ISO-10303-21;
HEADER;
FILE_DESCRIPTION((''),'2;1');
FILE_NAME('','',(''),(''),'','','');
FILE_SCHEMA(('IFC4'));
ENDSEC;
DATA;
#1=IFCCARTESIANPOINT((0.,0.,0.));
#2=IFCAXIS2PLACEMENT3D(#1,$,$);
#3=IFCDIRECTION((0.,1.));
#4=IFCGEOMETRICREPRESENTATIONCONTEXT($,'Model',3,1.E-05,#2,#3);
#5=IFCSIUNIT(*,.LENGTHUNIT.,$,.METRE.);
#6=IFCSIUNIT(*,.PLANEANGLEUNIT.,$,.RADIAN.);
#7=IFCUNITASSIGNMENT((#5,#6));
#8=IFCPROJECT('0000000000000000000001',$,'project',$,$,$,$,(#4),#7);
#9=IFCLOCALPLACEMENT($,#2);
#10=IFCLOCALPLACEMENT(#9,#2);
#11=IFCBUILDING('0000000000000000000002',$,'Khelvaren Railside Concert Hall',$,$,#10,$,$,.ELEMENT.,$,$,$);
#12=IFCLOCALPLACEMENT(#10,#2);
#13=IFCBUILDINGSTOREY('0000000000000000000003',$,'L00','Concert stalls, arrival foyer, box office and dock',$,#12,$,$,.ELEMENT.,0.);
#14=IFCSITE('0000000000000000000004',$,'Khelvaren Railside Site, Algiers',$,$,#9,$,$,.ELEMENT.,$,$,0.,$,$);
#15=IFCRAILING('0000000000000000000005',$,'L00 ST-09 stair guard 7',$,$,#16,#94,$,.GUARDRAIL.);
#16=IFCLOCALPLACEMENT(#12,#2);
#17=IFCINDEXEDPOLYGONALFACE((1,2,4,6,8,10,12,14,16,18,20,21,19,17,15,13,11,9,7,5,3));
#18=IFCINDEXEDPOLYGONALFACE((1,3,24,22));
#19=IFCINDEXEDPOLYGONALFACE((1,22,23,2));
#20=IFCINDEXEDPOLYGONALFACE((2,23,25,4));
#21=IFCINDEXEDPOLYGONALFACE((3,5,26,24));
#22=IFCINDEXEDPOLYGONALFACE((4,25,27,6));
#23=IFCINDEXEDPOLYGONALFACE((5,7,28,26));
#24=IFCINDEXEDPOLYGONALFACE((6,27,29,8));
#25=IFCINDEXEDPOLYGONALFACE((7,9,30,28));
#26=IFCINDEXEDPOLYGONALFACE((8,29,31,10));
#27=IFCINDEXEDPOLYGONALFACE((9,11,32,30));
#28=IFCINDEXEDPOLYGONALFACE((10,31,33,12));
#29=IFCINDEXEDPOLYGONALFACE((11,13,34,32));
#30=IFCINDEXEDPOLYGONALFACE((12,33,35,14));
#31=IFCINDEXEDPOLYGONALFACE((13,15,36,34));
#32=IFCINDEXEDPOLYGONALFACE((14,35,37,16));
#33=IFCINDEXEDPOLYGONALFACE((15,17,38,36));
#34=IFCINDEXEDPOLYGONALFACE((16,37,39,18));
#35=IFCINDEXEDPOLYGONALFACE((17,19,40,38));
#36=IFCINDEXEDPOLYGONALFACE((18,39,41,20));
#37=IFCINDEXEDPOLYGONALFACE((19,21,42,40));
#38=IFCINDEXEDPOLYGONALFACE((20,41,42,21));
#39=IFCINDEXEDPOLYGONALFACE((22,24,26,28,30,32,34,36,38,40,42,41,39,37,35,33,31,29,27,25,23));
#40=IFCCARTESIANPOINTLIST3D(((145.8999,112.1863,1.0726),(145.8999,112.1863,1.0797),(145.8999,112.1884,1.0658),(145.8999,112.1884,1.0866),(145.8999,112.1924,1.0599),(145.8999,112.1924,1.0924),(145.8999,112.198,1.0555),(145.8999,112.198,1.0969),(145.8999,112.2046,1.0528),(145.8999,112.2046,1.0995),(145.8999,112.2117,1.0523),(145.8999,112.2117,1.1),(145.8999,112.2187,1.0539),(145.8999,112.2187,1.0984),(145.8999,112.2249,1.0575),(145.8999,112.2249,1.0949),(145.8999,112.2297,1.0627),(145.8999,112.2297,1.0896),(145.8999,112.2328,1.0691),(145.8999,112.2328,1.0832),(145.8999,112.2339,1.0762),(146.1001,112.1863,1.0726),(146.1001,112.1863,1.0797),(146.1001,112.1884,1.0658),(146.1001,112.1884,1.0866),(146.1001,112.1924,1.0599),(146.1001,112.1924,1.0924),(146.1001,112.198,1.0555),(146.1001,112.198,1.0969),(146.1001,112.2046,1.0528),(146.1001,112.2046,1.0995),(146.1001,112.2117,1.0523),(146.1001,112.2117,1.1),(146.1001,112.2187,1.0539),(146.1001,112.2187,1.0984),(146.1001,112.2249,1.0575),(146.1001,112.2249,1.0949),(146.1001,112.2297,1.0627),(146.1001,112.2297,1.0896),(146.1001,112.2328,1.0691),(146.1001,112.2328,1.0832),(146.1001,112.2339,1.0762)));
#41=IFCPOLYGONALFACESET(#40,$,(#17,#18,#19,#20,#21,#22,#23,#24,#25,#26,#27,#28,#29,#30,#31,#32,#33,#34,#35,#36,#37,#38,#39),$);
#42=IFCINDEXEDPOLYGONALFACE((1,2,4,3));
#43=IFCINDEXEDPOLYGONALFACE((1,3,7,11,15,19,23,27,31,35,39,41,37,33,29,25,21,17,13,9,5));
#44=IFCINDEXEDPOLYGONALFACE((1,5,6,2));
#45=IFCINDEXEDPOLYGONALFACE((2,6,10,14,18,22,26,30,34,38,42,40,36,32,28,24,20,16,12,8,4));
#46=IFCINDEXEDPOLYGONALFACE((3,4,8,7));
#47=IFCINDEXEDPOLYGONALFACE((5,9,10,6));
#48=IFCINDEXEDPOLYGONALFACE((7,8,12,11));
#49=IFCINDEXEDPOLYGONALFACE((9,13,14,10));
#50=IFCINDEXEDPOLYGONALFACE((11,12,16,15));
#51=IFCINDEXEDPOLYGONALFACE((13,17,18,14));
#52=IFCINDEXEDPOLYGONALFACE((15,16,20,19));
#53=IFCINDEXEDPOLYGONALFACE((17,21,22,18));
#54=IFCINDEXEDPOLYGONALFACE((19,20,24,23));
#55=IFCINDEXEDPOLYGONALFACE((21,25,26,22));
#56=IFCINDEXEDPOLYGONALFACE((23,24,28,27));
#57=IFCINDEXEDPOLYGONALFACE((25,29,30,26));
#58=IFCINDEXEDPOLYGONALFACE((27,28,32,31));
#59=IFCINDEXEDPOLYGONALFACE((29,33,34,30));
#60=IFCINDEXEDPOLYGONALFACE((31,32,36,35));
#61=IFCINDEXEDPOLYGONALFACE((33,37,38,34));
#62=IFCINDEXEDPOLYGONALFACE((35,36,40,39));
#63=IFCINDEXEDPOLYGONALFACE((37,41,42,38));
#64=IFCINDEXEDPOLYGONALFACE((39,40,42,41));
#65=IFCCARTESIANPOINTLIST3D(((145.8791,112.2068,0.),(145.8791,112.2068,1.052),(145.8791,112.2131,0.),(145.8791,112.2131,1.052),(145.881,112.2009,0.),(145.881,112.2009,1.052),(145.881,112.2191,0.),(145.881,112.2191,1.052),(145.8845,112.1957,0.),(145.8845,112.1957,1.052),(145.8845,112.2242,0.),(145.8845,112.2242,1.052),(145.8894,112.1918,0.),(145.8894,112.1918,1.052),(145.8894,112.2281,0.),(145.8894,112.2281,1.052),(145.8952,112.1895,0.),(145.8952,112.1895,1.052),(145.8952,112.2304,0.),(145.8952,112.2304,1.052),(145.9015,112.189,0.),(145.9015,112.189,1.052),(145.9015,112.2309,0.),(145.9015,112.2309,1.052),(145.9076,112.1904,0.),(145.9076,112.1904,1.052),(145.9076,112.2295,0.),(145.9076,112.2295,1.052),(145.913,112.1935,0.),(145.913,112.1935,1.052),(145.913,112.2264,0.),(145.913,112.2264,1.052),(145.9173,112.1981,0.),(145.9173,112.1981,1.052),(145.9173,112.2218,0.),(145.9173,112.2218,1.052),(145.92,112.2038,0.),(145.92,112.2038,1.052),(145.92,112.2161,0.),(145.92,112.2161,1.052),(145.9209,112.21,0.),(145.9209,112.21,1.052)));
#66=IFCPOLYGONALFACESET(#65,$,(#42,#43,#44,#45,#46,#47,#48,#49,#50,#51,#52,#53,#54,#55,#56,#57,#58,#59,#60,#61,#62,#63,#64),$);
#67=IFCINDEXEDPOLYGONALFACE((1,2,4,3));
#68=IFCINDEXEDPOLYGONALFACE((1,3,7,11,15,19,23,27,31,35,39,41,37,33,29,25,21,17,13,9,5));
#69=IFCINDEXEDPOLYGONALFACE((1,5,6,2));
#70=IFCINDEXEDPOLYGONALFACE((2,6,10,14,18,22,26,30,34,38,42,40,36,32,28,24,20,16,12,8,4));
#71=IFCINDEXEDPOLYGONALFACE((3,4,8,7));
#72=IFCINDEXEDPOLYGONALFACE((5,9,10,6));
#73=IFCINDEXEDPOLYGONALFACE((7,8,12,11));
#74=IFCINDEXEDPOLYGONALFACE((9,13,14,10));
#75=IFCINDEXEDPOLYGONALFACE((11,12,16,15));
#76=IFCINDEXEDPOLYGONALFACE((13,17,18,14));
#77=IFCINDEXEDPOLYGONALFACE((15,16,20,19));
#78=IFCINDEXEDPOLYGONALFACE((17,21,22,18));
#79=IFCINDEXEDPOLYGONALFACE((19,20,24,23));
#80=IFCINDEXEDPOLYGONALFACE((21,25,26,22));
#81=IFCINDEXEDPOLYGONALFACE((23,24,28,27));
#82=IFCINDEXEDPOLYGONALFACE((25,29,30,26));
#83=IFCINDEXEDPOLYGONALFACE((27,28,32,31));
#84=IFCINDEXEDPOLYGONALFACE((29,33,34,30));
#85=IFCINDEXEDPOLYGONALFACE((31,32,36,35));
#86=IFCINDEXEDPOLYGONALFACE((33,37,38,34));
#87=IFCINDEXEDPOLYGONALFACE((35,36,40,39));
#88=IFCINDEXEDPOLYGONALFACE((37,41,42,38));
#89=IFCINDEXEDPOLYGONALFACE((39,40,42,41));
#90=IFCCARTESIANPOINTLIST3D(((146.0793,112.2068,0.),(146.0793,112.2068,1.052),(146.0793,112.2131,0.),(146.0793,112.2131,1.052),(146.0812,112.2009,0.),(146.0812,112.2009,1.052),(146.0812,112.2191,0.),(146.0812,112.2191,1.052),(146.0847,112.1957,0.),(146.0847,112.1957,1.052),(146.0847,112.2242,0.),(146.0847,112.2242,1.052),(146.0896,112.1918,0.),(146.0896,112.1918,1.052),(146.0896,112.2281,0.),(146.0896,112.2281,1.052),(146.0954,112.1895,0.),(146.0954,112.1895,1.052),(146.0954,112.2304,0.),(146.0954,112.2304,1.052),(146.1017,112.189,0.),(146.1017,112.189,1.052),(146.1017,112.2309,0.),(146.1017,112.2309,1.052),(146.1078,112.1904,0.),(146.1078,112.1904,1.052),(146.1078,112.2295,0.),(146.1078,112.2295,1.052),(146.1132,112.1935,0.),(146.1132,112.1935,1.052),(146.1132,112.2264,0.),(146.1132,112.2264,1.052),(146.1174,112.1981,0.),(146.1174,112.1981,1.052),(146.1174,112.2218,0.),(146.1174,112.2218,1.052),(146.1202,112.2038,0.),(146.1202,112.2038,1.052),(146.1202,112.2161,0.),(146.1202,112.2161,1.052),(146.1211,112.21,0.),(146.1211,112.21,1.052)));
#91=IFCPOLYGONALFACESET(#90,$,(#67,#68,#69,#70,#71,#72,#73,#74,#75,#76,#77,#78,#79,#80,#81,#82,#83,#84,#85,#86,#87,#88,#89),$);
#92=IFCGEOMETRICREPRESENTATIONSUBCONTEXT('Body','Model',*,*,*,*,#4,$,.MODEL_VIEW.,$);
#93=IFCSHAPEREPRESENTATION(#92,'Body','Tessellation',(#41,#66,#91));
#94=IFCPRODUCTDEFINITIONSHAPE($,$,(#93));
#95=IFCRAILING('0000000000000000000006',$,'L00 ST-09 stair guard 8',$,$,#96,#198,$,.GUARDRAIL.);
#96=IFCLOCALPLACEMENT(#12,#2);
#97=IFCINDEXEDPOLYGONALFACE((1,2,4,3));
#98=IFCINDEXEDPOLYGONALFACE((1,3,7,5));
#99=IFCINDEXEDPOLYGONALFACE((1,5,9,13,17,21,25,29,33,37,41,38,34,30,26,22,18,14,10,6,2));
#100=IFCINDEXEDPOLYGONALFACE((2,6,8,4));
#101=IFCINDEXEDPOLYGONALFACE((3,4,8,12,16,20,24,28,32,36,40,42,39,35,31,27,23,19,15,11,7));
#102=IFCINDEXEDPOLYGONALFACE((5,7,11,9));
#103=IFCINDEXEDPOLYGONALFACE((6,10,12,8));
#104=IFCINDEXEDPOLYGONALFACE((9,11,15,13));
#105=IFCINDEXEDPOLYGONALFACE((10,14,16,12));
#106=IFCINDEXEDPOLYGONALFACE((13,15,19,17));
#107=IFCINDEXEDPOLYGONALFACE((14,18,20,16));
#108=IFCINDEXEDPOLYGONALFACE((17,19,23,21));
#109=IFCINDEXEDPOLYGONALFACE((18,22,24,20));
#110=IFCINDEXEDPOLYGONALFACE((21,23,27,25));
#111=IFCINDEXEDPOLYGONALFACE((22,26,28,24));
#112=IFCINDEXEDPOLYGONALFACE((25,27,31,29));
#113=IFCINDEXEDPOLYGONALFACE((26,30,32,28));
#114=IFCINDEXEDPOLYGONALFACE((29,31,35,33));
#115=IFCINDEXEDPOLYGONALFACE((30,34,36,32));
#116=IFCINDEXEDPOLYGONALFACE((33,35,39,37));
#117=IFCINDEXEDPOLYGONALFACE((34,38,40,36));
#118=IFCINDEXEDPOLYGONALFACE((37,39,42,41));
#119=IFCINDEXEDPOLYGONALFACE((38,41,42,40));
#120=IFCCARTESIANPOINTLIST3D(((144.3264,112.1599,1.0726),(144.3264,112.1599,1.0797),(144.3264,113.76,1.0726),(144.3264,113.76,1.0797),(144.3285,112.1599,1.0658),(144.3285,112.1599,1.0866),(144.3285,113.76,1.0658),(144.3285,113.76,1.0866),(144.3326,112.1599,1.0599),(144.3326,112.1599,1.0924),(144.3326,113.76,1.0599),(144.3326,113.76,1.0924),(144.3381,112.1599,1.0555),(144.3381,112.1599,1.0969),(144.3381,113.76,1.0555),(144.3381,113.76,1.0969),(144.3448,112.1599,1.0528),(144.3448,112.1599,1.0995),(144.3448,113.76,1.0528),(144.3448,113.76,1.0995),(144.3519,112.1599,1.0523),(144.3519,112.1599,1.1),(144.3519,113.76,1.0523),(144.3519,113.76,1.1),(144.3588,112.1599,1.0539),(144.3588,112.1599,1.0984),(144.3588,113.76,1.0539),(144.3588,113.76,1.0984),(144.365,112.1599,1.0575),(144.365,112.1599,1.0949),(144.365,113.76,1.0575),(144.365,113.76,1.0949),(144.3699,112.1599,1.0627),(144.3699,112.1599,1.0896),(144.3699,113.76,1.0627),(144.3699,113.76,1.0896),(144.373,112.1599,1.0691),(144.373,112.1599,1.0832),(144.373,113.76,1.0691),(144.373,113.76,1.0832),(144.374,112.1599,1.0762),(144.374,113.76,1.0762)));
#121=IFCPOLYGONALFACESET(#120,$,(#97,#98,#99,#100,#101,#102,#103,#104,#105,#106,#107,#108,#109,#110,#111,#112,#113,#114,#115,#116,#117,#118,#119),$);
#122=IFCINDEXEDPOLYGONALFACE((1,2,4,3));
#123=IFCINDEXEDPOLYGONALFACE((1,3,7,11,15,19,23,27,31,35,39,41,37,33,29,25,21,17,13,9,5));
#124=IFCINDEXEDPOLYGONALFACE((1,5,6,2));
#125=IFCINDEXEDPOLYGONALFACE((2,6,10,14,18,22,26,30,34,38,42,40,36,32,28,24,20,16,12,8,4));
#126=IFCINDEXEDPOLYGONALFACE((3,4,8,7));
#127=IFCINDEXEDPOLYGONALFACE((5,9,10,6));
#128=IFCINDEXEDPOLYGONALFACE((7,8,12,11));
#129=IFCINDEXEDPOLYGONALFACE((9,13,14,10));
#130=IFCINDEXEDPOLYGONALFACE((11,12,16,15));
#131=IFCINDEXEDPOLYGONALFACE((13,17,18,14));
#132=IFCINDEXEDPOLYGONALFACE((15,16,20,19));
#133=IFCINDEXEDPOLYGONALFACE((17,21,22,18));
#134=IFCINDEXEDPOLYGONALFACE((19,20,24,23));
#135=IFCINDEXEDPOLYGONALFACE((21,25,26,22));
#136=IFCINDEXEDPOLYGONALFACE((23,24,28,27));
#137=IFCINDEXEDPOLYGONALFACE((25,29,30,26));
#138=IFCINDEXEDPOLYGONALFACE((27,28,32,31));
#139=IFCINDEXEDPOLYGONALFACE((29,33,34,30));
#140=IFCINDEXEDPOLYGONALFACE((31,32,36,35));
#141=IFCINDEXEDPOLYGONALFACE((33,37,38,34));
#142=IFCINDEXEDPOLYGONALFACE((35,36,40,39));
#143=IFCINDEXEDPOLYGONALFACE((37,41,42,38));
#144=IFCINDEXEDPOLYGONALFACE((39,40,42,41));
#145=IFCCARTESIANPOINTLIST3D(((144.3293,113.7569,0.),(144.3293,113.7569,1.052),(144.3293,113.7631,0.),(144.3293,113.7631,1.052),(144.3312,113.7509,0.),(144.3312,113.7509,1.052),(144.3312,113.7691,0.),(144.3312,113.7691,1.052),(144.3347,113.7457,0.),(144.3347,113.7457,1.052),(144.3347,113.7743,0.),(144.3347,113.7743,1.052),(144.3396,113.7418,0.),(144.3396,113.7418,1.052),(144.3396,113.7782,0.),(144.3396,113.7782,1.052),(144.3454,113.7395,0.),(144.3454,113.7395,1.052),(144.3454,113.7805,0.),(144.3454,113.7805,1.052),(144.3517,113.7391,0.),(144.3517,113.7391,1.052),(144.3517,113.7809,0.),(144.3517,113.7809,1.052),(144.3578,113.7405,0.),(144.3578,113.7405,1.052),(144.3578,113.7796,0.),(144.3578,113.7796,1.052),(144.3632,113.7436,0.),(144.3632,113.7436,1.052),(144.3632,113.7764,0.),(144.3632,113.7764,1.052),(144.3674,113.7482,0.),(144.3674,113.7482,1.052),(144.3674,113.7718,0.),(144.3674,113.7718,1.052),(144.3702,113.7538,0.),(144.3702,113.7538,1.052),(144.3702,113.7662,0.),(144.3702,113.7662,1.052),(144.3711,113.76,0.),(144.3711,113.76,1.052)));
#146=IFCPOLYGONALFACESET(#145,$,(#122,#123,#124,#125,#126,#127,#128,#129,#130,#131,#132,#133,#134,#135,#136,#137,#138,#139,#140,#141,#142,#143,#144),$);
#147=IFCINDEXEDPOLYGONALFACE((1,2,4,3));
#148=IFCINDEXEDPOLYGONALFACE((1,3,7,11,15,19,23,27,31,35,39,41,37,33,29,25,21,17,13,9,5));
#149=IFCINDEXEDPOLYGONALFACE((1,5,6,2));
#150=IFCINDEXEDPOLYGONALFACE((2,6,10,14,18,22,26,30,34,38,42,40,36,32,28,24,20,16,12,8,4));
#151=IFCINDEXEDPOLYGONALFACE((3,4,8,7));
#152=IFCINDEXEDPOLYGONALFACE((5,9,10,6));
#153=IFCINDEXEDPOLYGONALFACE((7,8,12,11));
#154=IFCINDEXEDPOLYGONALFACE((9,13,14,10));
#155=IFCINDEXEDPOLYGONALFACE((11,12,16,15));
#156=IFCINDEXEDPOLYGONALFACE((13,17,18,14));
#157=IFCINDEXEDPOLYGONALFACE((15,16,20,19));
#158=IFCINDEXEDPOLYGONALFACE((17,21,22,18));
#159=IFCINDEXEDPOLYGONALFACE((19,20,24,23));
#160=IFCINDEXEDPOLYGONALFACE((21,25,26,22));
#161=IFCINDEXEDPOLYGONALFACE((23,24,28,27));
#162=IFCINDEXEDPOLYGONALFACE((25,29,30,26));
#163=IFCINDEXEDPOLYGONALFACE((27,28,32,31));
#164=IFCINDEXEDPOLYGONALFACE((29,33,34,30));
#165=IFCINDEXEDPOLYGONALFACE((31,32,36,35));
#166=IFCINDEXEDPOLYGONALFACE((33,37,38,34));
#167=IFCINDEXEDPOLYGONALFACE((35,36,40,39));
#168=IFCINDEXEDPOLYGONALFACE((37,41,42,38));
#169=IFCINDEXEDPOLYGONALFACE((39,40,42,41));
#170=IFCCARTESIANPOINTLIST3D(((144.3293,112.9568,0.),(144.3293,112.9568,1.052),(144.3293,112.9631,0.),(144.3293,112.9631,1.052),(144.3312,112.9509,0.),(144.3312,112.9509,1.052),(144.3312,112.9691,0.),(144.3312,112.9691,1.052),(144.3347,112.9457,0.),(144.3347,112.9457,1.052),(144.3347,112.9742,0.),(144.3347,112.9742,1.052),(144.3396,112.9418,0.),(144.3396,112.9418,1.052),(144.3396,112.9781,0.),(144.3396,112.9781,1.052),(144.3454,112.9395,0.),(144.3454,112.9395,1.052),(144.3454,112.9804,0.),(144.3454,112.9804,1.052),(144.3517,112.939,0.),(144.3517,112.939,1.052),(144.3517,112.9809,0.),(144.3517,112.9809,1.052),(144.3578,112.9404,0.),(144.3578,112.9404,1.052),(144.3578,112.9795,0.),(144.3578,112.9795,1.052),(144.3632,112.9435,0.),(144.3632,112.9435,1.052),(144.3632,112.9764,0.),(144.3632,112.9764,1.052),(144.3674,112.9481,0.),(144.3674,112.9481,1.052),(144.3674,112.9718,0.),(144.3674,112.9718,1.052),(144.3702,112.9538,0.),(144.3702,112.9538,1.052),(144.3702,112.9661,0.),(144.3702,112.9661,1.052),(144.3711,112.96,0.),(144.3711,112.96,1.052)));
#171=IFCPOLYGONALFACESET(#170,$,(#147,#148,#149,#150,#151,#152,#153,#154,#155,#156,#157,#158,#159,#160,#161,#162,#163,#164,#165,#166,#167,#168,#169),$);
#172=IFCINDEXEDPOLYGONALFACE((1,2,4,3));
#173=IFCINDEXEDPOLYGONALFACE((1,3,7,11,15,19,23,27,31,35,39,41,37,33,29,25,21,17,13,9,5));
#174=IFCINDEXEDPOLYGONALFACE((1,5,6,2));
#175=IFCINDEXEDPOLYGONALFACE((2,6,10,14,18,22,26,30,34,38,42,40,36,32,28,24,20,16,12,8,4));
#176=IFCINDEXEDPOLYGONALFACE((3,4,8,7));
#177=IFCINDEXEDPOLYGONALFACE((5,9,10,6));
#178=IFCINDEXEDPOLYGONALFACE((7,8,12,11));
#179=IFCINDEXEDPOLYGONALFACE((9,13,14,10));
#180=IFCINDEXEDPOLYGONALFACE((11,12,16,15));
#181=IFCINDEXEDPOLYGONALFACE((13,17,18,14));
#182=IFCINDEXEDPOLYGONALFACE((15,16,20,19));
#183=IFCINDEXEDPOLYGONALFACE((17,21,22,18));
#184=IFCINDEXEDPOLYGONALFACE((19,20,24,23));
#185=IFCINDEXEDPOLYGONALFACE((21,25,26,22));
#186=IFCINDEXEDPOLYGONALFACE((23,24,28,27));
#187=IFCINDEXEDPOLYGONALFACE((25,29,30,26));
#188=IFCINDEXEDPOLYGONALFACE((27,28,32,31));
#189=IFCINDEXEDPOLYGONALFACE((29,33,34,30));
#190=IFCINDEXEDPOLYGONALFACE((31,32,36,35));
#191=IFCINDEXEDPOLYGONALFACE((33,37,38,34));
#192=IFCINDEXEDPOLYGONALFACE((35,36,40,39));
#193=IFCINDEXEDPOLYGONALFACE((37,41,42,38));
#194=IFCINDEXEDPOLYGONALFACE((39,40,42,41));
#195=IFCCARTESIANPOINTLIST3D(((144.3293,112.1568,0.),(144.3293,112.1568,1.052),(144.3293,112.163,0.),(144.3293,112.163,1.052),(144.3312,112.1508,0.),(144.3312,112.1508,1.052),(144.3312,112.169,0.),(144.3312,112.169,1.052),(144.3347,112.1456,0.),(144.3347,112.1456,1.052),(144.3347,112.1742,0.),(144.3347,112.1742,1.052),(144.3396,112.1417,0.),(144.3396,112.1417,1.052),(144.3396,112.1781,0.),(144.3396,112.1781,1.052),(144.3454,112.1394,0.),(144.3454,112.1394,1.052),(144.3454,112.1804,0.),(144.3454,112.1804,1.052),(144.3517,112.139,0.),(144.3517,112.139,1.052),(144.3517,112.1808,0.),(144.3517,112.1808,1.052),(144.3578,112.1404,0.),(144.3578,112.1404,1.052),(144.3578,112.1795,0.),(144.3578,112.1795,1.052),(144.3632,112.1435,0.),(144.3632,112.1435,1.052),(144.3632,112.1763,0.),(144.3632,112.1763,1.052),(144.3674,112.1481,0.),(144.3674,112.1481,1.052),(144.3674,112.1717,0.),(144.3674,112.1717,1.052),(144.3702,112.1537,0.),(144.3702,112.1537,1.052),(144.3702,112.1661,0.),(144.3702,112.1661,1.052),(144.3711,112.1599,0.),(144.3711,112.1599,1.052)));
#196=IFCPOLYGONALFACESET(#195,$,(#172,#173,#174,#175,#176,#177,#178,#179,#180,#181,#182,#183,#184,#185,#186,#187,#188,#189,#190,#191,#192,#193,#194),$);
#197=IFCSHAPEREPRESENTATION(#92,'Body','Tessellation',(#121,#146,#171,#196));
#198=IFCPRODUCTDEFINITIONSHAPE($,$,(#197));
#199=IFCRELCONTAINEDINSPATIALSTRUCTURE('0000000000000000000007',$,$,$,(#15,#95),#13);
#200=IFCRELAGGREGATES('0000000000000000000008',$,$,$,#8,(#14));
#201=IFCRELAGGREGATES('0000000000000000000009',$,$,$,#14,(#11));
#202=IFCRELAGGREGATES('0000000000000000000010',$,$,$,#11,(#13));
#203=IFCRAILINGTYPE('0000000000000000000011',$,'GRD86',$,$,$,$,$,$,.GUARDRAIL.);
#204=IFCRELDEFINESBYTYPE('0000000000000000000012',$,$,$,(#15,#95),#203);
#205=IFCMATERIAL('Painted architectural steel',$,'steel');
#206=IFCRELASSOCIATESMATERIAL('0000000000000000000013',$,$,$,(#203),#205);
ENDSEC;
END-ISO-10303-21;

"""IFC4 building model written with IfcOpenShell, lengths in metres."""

from ifc_helpers import new_model, si_unit, direction, frame, origin, origin_2d, place, context, subcontext, project, spatial, circle, extrude, material, type_object, element, save


model = new_model("IFC4")

# Units and contexts
model_context = context("Model", 3, precision=1e-05, world=origin(), true_north=direction((0.0, 1.0)))
body_context = subcontext(model_context, "Body", "Model", "MODEL_VIEW")
ifc_project = project(units=[si_unit("LENGTHUNIT", "METRE"), si_unit("PLANEANGLEUNIT", "RADIAN")], contexts=[model_context])

# Site, building, storey
site_placement = place(None, origin())
site = spatial("IfcSite", under=ifc_project, at=site_placement, Name="Khelvaren Railside Site, Algiers", CompositionType="ELEMENT", RefElevation=0.0)
building_placement = place(site_placement, origin())
building = spatial("IfcBuilding", under=site, at=building_placement, Name="Khelvaren Railside Concert Hall", CompositionType="ELEMENT")
storey_placement = place(building_placement, origin())
storey = spatial("IfcBuildingStorey", under=building, at=storey_placement, Name="L00", Description="Concert stalls, arrival foyer, box office and dock", CompositionType="ELEMENT", Elevation=0.0)

# Railings
ifc_material_1 = material(Name="Painted architectural steel", Category="steel")
railing_type_1 = type_object("IfcRailingType", Name="GRD86", PredefinedType="GUARDRAIL", material=ifc_material_1)
railing_1_placement = place(storey_placement, frame((145.8999, 112.21, 0.0)))
element("IfcRailing", 1, at=railing_1_placement, inside=storey, type_object=railing_type_1, Name="L00 ST-09 stair guard 7", PredefinedType="GUARDRAIL", context=body_context, shape_type="SweptSolid", body=[
    extrude(circle(Radius=0.0239, at=origin_2d()), frame((0.0, 0.0, 1.0762), z_axis=(1.0, 0.0, 0.0), x_axis=(0.0, 1.0, 0.0)), (0.0, 0.0, 1.0), 0.2002),
    extrude(circle(Radius=0.021, at=origin_2d()), origin(), (0.0, 0.0, 1.0), 1.052),
    extrude(circle(Radius=0.021, at=origin_2d()), frame((0.2002, 0.0, 0.0)), (0.0, 0.0, 1.0), 1.052),
])
for number, where, name in (
    (2, (144.3501, 113.76, 0.0), "L00 ST-09 stair guard 8"),
):
    element("IfcRailing", number, at=place(storey_placement, frame(where)), inside=storey, type_object=railing_type_1, Name=name, PredefinedType="GUARDRAIL", context=body_context, shape_type="SweptSolid", body=[
        extrude(circle(Radius=0.0239, at=origin_2d()), frame((0.0, 0.0, 1.0762), z_axis=(0.0, -1.0, 0.0), x_axis=(1.0, 0.0, 0.0)), (0.0, 0.0, 1.0), 1.6001),
        extrude(circle(Radius=0.021, at=origin_2d()), origin(), (0.0, 0.0, 1.0), 1.052),
        extrude(circle(Radius=0.021, at=origin_2d()), frame((0.0, -0.8, 0.0)), (0.0, 0.0, 1.0), 1.052),
        extrude(circle(Radius=0.021, at=origin_2d()), frame((0.0, -1.6001, 0.0)), (0.0, 0.0, 1.0), 1.052),
    ])

save(model, "model.ifc")
